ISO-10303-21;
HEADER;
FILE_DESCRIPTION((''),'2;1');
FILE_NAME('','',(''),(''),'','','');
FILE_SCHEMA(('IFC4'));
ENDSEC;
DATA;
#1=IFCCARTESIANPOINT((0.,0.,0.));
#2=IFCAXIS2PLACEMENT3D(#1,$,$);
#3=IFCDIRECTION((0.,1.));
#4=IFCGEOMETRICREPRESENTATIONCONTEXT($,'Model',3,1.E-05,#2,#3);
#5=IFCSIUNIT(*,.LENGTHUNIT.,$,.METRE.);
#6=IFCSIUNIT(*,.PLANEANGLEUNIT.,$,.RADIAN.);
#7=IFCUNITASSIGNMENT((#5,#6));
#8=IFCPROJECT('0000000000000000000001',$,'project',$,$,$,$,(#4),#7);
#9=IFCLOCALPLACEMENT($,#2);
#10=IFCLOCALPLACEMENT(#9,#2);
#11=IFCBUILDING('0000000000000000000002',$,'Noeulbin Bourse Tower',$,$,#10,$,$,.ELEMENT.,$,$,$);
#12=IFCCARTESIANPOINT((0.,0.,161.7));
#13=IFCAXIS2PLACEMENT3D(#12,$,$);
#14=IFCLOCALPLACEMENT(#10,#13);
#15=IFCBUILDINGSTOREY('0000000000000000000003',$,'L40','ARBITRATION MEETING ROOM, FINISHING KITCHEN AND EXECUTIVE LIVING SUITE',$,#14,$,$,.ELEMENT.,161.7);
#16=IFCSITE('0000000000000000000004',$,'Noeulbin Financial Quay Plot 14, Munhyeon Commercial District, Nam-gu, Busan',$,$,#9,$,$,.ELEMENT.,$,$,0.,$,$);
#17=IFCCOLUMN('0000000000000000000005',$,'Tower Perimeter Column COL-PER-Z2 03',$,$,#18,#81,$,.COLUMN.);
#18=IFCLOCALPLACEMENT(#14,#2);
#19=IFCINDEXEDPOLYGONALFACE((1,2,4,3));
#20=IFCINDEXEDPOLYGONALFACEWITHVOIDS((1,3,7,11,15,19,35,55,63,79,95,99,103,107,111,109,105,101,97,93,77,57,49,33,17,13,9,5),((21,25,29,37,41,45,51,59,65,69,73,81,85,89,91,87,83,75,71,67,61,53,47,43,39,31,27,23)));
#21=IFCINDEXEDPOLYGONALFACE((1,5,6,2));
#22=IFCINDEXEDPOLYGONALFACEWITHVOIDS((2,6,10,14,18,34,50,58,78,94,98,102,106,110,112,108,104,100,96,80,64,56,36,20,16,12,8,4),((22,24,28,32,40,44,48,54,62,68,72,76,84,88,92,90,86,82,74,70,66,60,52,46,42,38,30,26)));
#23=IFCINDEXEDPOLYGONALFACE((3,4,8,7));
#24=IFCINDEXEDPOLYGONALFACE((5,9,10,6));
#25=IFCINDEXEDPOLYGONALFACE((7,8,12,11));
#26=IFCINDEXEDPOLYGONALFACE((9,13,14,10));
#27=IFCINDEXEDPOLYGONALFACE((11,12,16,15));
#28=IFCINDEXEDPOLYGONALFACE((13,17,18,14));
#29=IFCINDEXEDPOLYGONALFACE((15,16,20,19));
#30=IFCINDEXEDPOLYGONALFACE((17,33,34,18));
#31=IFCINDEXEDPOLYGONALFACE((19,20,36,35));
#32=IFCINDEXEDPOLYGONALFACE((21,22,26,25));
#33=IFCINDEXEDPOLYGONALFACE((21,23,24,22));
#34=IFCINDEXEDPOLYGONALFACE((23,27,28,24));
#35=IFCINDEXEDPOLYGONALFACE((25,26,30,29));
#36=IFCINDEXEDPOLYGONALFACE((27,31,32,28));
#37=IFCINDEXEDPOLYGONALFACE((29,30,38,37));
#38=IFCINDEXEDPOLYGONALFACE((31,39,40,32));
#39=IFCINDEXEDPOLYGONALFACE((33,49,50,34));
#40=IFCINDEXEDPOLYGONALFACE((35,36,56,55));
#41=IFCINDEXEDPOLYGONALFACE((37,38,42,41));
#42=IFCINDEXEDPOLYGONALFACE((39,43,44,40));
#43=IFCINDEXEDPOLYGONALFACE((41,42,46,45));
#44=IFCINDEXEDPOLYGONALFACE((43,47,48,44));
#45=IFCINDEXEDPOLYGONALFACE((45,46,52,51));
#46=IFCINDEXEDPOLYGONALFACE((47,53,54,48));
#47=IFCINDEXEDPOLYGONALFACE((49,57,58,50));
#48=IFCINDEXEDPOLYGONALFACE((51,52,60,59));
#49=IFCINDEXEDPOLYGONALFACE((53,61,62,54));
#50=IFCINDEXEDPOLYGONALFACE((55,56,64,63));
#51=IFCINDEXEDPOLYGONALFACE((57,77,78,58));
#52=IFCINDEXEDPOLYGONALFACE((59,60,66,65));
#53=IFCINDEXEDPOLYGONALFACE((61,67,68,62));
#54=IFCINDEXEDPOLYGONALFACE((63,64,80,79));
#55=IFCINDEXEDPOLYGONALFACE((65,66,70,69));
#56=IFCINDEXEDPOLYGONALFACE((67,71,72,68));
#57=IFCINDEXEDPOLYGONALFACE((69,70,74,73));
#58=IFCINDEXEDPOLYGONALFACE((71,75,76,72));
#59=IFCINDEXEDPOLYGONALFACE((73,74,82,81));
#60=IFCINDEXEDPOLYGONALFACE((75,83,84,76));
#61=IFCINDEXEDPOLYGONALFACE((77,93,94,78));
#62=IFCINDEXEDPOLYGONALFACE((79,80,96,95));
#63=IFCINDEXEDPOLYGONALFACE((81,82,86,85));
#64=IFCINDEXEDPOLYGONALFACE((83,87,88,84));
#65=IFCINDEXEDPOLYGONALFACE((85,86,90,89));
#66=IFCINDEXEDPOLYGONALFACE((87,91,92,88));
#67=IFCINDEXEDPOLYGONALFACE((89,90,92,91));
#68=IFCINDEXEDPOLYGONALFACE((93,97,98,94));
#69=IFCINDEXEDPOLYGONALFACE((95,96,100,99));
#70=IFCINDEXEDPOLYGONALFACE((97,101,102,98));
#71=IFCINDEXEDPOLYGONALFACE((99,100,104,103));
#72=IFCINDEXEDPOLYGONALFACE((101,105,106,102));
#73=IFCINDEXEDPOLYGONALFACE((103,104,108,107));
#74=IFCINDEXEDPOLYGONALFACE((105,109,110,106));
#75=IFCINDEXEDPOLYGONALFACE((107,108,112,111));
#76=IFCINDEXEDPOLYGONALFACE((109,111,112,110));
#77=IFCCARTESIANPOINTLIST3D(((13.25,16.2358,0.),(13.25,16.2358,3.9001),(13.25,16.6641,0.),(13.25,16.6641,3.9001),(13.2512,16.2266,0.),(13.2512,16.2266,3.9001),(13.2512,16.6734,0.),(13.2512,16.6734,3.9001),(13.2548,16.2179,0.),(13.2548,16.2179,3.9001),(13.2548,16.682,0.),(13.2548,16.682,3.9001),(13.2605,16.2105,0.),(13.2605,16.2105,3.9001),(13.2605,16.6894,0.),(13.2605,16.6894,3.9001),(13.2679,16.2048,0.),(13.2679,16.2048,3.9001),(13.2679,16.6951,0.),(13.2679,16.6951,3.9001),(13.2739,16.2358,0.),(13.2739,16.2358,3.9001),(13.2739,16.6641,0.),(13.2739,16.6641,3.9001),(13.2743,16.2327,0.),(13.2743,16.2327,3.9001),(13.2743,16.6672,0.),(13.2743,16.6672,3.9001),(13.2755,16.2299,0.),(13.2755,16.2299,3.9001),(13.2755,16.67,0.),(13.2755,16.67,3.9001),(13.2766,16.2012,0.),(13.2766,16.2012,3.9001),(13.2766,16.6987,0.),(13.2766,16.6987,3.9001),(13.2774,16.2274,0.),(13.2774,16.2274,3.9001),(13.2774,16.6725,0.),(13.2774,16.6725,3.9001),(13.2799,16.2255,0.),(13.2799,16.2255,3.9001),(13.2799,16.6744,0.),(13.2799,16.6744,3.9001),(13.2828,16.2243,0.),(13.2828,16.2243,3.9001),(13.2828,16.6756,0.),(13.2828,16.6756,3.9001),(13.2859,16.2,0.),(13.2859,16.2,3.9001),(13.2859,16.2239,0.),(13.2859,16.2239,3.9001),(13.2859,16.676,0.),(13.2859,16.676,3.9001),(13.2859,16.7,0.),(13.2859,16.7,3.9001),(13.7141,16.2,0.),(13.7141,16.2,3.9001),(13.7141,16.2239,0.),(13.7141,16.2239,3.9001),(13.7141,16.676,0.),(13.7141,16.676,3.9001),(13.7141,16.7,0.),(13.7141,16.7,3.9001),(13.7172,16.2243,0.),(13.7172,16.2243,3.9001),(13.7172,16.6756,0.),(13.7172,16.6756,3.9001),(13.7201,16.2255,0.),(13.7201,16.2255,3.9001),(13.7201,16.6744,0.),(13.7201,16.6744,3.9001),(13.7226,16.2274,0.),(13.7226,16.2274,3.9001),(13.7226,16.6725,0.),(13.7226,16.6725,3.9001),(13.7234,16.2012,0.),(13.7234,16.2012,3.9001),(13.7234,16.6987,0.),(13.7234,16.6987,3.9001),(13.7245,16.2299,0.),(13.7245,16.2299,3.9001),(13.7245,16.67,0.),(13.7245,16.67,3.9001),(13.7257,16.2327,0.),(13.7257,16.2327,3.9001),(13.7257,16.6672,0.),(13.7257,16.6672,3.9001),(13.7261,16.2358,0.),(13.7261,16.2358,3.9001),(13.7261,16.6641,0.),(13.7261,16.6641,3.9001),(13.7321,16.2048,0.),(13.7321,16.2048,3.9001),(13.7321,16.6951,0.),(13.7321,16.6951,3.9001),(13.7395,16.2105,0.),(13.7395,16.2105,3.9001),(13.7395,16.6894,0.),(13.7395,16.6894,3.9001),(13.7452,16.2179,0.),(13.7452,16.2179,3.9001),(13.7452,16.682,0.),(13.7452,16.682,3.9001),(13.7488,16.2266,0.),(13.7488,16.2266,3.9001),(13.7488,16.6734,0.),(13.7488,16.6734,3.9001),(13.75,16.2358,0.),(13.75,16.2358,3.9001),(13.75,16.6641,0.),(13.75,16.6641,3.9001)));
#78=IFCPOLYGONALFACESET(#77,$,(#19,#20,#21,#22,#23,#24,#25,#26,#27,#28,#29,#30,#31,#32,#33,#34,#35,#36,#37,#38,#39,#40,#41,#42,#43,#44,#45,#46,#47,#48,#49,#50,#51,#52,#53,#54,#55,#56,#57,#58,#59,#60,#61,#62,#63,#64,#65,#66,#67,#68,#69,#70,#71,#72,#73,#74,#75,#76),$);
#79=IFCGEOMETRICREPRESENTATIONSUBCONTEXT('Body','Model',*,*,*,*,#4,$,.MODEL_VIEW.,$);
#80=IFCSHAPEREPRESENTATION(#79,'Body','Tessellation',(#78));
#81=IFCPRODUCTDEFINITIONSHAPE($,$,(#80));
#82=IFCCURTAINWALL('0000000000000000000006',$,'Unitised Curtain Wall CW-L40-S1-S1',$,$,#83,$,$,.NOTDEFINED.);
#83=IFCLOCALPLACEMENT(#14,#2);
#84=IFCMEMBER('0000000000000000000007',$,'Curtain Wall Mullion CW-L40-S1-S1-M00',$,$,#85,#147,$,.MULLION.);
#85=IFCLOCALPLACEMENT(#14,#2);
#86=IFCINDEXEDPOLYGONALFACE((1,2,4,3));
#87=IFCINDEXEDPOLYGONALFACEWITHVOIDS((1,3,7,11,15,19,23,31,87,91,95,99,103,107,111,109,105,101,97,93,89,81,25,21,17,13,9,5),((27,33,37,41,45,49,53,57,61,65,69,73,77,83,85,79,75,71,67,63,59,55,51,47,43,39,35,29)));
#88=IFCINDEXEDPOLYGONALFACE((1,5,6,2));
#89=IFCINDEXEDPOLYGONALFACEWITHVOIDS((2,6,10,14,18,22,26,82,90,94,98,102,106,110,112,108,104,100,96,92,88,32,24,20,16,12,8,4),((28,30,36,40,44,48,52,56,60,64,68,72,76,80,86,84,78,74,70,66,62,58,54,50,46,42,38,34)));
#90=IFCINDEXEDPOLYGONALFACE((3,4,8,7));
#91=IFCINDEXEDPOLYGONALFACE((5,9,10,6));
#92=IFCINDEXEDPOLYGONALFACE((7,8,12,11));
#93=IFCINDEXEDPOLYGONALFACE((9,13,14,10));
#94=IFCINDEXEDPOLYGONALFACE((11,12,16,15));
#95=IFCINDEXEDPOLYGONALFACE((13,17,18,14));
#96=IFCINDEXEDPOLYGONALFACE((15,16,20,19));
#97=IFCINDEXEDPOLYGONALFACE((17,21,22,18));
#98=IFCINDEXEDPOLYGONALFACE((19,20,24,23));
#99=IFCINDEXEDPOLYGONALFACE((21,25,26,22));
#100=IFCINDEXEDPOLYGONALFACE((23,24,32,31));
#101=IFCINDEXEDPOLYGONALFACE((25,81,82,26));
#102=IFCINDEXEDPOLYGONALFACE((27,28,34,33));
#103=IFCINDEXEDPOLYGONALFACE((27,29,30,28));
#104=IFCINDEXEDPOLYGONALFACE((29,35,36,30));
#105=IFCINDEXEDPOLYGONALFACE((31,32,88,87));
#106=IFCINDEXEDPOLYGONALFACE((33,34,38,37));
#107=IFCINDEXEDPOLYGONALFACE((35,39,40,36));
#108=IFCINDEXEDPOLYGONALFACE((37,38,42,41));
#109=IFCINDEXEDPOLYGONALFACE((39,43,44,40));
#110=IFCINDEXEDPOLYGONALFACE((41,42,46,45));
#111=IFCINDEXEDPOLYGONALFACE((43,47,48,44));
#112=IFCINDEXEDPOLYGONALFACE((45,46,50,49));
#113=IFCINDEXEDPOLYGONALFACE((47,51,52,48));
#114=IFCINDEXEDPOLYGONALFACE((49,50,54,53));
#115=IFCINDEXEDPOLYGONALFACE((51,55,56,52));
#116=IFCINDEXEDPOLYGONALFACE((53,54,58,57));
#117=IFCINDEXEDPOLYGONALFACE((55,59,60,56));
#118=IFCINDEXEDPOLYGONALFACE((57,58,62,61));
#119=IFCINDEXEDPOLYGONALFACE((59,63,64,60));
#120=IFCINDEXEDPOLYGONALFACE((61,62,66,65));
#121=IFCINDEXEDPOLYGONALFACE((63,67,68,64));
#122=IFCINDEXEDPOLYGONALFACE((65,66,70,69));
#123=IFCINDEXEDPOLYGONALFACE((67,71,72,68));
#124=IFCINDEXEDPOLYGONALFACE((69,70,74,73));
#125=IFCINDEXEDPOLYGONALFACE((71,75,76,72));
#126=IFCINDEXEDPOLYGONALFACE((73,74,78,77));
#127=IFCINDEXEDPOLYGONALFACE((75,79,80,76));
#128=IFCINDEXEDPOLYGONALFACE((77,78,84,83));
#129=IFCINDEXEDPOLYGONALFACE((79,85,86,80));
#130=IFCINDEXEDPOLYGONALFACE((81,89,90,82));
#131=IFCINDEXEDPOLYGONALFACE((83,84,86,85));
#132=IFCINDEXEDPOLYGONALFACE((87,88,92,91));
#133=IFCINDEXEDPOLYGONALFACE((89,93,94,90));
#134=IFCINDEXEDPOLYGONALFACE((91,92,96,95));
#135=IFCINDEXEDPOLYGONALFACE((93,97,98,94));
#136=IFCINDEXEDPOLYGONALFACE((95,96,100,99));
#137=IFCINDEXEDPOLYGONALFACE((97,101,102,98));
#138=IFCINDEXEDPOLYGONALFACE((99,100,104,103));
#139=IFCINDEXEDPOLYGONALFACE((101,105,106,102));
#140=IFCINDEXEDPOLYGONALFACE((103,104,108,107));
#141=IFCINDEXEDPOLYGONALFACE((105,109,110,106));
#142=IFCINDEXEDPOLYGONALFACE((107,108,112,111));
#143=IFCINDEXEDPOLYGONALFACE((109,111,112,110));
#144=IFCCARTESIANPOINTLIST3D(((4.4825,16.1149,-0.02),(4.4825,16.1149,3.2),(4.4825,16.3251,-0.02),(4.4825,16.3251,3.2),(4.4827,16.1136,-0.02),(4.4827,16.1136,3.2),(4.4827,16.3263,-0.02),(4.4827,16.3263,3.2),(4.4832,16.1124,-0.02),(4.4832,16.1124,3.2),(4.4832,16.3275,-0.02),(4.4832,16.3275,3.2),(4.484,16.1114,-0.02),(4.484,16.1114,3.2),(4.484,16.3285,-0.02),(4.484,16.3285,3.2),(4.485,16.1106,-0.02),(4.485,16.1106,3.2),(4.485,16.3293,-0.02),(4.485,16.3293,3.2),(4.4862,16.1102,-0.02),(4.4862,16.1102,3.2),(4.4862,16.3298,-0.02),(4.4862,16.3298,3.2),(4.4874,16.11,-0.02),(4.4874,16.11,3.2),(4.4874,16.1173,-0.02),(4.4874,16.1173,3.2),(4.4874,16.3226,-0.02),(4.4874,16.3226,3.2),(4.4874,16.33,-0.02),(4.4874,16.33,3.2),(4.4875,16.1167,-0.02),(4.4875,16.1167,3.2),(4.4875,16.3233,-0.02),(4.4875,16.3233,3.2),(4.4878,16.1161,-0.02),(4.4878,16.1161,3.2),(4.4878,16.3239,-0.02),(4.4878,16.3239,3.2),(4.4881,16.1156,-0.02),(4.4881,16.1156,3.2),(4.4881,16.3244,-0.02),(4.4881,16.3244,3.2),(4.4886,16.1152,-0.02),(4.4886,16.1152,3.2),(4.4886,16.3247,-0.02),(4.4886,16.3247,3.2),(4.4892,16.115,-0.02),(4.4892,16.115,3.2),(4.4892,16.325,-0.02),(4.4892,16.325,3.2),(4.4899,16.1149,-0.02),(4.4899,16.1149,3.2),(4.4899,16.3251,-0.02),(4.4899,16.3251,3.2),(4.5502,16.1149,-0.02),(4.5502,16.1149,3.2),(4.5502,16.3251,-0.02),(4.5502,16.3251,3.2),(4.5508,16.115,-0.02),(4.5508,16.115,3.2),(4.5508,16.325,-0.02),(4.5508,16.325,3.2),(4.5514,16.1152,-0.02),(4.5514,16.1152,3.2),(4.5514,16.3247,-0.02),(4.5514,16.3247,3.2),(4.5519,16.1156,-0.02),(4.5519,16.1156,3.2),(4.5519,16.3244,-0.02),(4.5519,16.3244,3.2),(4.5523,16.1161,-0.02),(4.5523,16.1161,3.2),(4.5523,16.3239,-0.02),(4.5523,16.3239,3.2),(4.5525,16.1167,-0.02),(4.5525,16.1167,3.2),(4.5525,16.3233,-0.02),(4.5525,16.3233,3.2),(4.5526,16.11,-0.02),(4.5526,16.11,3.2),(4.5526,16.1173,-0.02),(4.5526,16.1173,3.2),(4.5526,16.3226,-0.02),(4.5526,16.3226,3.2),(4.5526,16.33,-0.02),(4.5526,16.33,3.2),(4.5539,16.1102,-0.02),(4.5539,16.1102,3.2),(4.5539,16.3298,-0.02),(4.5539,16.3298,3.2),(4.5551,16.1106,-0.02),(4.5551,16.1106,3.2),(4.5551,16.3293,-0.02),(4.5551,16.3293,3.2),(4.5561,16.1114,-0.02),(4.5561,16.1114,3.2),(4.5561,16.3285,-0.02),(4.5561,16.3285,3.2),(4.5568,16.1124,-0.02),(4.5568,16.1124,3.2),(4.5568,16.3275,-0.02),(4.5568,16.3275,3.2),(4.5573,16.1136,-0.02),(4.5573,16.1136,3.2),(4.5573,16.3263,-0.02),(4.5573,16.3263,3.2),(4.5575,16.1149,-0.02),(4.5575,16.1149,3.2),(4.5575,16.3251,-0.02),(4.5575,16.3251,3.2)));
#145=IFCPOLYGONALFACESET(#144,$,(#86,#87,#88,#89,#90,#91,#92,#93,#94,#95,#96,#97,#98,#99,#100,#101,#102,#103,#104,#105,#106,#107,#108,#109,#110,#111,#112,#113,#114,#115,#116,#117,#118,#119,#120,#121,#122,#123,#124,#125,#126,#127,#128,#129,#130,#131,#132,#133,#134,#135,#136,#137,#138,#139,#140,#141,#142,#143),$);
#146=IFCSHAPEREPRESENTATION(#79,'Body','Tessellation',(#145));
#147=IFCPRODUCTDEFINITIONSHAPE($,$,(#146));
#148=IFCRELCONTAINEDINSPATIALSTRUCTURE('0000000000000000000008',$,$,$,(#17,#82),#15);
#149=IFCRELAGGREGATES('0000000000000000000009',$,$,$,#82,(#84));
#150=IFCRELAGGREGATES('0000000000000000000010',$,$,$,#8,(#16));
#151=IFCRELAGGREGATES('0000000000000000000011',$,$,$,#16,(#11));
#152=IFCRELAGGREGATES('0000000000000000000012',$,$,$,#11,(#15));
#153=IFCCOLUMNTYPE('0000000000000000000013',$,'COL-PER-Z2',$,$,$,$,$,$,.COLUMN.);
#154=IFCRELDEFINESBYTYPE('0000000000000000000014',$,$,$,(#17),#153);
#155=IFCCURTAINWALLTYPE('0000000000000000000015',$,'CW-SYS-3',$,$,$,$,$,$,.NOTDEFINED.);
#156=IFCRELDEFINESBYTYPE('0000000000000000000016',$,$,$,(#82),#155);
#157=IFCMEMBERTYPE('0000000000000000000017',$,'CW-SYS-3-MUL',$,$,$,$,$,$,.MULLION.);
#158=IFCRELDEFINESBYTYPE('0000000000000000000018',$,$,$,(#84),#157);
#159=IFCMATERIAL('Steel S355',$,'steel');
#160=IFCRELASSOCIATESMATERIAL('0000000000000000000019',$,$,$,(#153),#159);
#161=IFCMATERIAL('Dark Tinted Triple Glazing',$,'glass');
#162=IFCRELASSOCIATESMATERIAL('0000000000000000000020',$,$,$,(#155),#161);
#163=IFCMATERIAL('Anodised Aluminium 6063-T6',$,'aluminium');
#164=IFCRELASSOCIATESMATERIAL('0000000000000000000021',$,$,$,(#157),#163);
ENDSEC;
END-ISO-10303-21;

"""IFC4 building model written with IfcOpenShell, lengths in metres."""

from ifc_helpers import new_model, si_unit, direction, frame, origin, origin_2d, place, context, subcontext, project, spatial, hollow_rectangle, extrude, material, material_profile, profile_set, type_object, element, aggregate, save


model = new_model("IFC4")

# Units and contexts
model_context = context("Model", 3, precision=1e-05, world=origin(), true_north=direction((0.0, 1.0)))
body_context = subcontext(model_context, "Body", "Model", "MODEL_VIEW")
ifc_project = project(units=[si_unit("LENGTHUNIT", "METRE"), si_unit("PLANEANGLEUNIT", "RADIAN")], contexts=[model_context])

# Site, building, storey
site_placement = place(None, origin())
site = spatial("IfcSite", under=ifc_project, at=site_placement, Name="Noeulbin Financial Quay Plot 14, Munhyeon Commercial District, Nam-gu, Busan", CompositionType="ELEMENT", RefElevation=0.0)
building_placement = place(site_placement, origin())
building = spatial("IfcBuilding", under=site, at=building_placement, Name="Noeulbin Bourse Tower", CompositionType="ELEMENT")
storey_placement = place(building_placement, frame((0.0, 0.0, 161.7)))
storey = spatial("IfcBuildingStorey", under=building, at=storey_placement, Name="L40", Description="ARBITRATION MEETING ROOM, FINISHING KITCHEN AND EXECUTIVE LIVING SUITE", CompositionType="ELEMENT", Elevation=161.7)

# Column
ifc_material_1 = material(Name="Steel S355", Category="steel")
ifc_material_profile_1 = material_profile(ifc_material_1, hollow_rectangle(XDim=0.5, YDim=0.5, WallThickness=0.0239, InnerFilletRadius=0.012, OuterFilletRadius=0.0359, at=origin_2d()), Name="BOX-500x500x24", Category="LoadBearing")
ifc_profile_set_1 = profile_set([ifc_material_profile_1], Name="Steel S355")
column_type = type_object("IfcColumnType", Name="COL-PER-Z2", PredefinedType="COLUMN", material=ifc_profile_set_1)
column_placement = place(storey_placement, frame((13.5, 16.45, 0.0), z_axis=(0.0, 0.0, 1.0), x_axis=(1.0, 0.0, 0.0)))
element("IfcColumn", 1, at=column_placement, inside=storey, type_object=column_type, Name="Tower Perimeter Column COL-PER-Z2 03", PredefinedType="COLUMN", context=body_context, shape_type="SweptSolid", body=[
    extrude(hollow_rectangle(XDim=0.5, YDim=0.5, WallThickness=0.0239, InnerFilletRadius=0.012, OuterFilletRadius=0.0359, at=origin_2d()), origin(), (0.0, 0.0, 1.0), 3.9001),
])

# Curtain wall, member
ifc_material_2 = material(Name="Dark Tinted Triple Glazing", Category="glass")
curtain_wall_type = type_object("IfcCurtainWallType", Name="CW-SYS-3", PredefinedType="NOTDEFINED", material=ifc_material_2)
curtain_wall_1_placement = place(storey_placement, origin())
curtain_wall_1 = element("IfcCurtainWall", 2, at=curtain_wall_1_placement, inside=storey, type_object=curtain_wall_type, Name="Unitised Curtain Wall CW-L40-S1-S1", PredefinedType="NOTDEFINED")
ifc_material_3 = material(Name="Anodised Aluminium 6063-T6", Category="aluminium")
ifc_material_profile_2 = material_profile(ifc_material_3, hollow_rectangle(XDim=0.075, YDim=0.22, WallThickness=0.0049, InnerFilletRadius=0.0024, OuterFilletRadius=0.0049, at=origin_2d()), Name="ALU-MULL-75x220x5", Category="LoadBearing")
ifc_profile_set_2 = profile_set([ifc_material_profile_2], Name="Anodised Aluminium 6063-T6")
member_type_1 = type_object("IfcMemberType", Name="CW-SYS-3-MUL", PredefinedType="MULLION", material=ifc_profile_set_2)
member_1_placement = place(storey_placement, frame((4.52, 16.22, -0.02), z_axis=(0.0, 0.0, 1.0), x_axis=(1.0, 0.0, 0.0)))
member_1 = element("IfcMember", 3, at=member_1_placement, type_object=member_type_1, Name="Curtain Wall Mullion CW-L40-S1-S1-M00", PredefinedType="MULLION", context=body_context, shape_type="SweptSolid", body=[
    extrude(hollow_rectangle(XDim=0.075, YDim=0.22, WallThickness=0.0049, InnerFilletRadius=0.0024, OuterFilletRadius=0.0049, at=origin_2d()), origin(), (0.0, 0.0, 1.0), 3.22),
])

aggregate(curtain_wall_1, [member_1])

save(model, "model.ifc")
